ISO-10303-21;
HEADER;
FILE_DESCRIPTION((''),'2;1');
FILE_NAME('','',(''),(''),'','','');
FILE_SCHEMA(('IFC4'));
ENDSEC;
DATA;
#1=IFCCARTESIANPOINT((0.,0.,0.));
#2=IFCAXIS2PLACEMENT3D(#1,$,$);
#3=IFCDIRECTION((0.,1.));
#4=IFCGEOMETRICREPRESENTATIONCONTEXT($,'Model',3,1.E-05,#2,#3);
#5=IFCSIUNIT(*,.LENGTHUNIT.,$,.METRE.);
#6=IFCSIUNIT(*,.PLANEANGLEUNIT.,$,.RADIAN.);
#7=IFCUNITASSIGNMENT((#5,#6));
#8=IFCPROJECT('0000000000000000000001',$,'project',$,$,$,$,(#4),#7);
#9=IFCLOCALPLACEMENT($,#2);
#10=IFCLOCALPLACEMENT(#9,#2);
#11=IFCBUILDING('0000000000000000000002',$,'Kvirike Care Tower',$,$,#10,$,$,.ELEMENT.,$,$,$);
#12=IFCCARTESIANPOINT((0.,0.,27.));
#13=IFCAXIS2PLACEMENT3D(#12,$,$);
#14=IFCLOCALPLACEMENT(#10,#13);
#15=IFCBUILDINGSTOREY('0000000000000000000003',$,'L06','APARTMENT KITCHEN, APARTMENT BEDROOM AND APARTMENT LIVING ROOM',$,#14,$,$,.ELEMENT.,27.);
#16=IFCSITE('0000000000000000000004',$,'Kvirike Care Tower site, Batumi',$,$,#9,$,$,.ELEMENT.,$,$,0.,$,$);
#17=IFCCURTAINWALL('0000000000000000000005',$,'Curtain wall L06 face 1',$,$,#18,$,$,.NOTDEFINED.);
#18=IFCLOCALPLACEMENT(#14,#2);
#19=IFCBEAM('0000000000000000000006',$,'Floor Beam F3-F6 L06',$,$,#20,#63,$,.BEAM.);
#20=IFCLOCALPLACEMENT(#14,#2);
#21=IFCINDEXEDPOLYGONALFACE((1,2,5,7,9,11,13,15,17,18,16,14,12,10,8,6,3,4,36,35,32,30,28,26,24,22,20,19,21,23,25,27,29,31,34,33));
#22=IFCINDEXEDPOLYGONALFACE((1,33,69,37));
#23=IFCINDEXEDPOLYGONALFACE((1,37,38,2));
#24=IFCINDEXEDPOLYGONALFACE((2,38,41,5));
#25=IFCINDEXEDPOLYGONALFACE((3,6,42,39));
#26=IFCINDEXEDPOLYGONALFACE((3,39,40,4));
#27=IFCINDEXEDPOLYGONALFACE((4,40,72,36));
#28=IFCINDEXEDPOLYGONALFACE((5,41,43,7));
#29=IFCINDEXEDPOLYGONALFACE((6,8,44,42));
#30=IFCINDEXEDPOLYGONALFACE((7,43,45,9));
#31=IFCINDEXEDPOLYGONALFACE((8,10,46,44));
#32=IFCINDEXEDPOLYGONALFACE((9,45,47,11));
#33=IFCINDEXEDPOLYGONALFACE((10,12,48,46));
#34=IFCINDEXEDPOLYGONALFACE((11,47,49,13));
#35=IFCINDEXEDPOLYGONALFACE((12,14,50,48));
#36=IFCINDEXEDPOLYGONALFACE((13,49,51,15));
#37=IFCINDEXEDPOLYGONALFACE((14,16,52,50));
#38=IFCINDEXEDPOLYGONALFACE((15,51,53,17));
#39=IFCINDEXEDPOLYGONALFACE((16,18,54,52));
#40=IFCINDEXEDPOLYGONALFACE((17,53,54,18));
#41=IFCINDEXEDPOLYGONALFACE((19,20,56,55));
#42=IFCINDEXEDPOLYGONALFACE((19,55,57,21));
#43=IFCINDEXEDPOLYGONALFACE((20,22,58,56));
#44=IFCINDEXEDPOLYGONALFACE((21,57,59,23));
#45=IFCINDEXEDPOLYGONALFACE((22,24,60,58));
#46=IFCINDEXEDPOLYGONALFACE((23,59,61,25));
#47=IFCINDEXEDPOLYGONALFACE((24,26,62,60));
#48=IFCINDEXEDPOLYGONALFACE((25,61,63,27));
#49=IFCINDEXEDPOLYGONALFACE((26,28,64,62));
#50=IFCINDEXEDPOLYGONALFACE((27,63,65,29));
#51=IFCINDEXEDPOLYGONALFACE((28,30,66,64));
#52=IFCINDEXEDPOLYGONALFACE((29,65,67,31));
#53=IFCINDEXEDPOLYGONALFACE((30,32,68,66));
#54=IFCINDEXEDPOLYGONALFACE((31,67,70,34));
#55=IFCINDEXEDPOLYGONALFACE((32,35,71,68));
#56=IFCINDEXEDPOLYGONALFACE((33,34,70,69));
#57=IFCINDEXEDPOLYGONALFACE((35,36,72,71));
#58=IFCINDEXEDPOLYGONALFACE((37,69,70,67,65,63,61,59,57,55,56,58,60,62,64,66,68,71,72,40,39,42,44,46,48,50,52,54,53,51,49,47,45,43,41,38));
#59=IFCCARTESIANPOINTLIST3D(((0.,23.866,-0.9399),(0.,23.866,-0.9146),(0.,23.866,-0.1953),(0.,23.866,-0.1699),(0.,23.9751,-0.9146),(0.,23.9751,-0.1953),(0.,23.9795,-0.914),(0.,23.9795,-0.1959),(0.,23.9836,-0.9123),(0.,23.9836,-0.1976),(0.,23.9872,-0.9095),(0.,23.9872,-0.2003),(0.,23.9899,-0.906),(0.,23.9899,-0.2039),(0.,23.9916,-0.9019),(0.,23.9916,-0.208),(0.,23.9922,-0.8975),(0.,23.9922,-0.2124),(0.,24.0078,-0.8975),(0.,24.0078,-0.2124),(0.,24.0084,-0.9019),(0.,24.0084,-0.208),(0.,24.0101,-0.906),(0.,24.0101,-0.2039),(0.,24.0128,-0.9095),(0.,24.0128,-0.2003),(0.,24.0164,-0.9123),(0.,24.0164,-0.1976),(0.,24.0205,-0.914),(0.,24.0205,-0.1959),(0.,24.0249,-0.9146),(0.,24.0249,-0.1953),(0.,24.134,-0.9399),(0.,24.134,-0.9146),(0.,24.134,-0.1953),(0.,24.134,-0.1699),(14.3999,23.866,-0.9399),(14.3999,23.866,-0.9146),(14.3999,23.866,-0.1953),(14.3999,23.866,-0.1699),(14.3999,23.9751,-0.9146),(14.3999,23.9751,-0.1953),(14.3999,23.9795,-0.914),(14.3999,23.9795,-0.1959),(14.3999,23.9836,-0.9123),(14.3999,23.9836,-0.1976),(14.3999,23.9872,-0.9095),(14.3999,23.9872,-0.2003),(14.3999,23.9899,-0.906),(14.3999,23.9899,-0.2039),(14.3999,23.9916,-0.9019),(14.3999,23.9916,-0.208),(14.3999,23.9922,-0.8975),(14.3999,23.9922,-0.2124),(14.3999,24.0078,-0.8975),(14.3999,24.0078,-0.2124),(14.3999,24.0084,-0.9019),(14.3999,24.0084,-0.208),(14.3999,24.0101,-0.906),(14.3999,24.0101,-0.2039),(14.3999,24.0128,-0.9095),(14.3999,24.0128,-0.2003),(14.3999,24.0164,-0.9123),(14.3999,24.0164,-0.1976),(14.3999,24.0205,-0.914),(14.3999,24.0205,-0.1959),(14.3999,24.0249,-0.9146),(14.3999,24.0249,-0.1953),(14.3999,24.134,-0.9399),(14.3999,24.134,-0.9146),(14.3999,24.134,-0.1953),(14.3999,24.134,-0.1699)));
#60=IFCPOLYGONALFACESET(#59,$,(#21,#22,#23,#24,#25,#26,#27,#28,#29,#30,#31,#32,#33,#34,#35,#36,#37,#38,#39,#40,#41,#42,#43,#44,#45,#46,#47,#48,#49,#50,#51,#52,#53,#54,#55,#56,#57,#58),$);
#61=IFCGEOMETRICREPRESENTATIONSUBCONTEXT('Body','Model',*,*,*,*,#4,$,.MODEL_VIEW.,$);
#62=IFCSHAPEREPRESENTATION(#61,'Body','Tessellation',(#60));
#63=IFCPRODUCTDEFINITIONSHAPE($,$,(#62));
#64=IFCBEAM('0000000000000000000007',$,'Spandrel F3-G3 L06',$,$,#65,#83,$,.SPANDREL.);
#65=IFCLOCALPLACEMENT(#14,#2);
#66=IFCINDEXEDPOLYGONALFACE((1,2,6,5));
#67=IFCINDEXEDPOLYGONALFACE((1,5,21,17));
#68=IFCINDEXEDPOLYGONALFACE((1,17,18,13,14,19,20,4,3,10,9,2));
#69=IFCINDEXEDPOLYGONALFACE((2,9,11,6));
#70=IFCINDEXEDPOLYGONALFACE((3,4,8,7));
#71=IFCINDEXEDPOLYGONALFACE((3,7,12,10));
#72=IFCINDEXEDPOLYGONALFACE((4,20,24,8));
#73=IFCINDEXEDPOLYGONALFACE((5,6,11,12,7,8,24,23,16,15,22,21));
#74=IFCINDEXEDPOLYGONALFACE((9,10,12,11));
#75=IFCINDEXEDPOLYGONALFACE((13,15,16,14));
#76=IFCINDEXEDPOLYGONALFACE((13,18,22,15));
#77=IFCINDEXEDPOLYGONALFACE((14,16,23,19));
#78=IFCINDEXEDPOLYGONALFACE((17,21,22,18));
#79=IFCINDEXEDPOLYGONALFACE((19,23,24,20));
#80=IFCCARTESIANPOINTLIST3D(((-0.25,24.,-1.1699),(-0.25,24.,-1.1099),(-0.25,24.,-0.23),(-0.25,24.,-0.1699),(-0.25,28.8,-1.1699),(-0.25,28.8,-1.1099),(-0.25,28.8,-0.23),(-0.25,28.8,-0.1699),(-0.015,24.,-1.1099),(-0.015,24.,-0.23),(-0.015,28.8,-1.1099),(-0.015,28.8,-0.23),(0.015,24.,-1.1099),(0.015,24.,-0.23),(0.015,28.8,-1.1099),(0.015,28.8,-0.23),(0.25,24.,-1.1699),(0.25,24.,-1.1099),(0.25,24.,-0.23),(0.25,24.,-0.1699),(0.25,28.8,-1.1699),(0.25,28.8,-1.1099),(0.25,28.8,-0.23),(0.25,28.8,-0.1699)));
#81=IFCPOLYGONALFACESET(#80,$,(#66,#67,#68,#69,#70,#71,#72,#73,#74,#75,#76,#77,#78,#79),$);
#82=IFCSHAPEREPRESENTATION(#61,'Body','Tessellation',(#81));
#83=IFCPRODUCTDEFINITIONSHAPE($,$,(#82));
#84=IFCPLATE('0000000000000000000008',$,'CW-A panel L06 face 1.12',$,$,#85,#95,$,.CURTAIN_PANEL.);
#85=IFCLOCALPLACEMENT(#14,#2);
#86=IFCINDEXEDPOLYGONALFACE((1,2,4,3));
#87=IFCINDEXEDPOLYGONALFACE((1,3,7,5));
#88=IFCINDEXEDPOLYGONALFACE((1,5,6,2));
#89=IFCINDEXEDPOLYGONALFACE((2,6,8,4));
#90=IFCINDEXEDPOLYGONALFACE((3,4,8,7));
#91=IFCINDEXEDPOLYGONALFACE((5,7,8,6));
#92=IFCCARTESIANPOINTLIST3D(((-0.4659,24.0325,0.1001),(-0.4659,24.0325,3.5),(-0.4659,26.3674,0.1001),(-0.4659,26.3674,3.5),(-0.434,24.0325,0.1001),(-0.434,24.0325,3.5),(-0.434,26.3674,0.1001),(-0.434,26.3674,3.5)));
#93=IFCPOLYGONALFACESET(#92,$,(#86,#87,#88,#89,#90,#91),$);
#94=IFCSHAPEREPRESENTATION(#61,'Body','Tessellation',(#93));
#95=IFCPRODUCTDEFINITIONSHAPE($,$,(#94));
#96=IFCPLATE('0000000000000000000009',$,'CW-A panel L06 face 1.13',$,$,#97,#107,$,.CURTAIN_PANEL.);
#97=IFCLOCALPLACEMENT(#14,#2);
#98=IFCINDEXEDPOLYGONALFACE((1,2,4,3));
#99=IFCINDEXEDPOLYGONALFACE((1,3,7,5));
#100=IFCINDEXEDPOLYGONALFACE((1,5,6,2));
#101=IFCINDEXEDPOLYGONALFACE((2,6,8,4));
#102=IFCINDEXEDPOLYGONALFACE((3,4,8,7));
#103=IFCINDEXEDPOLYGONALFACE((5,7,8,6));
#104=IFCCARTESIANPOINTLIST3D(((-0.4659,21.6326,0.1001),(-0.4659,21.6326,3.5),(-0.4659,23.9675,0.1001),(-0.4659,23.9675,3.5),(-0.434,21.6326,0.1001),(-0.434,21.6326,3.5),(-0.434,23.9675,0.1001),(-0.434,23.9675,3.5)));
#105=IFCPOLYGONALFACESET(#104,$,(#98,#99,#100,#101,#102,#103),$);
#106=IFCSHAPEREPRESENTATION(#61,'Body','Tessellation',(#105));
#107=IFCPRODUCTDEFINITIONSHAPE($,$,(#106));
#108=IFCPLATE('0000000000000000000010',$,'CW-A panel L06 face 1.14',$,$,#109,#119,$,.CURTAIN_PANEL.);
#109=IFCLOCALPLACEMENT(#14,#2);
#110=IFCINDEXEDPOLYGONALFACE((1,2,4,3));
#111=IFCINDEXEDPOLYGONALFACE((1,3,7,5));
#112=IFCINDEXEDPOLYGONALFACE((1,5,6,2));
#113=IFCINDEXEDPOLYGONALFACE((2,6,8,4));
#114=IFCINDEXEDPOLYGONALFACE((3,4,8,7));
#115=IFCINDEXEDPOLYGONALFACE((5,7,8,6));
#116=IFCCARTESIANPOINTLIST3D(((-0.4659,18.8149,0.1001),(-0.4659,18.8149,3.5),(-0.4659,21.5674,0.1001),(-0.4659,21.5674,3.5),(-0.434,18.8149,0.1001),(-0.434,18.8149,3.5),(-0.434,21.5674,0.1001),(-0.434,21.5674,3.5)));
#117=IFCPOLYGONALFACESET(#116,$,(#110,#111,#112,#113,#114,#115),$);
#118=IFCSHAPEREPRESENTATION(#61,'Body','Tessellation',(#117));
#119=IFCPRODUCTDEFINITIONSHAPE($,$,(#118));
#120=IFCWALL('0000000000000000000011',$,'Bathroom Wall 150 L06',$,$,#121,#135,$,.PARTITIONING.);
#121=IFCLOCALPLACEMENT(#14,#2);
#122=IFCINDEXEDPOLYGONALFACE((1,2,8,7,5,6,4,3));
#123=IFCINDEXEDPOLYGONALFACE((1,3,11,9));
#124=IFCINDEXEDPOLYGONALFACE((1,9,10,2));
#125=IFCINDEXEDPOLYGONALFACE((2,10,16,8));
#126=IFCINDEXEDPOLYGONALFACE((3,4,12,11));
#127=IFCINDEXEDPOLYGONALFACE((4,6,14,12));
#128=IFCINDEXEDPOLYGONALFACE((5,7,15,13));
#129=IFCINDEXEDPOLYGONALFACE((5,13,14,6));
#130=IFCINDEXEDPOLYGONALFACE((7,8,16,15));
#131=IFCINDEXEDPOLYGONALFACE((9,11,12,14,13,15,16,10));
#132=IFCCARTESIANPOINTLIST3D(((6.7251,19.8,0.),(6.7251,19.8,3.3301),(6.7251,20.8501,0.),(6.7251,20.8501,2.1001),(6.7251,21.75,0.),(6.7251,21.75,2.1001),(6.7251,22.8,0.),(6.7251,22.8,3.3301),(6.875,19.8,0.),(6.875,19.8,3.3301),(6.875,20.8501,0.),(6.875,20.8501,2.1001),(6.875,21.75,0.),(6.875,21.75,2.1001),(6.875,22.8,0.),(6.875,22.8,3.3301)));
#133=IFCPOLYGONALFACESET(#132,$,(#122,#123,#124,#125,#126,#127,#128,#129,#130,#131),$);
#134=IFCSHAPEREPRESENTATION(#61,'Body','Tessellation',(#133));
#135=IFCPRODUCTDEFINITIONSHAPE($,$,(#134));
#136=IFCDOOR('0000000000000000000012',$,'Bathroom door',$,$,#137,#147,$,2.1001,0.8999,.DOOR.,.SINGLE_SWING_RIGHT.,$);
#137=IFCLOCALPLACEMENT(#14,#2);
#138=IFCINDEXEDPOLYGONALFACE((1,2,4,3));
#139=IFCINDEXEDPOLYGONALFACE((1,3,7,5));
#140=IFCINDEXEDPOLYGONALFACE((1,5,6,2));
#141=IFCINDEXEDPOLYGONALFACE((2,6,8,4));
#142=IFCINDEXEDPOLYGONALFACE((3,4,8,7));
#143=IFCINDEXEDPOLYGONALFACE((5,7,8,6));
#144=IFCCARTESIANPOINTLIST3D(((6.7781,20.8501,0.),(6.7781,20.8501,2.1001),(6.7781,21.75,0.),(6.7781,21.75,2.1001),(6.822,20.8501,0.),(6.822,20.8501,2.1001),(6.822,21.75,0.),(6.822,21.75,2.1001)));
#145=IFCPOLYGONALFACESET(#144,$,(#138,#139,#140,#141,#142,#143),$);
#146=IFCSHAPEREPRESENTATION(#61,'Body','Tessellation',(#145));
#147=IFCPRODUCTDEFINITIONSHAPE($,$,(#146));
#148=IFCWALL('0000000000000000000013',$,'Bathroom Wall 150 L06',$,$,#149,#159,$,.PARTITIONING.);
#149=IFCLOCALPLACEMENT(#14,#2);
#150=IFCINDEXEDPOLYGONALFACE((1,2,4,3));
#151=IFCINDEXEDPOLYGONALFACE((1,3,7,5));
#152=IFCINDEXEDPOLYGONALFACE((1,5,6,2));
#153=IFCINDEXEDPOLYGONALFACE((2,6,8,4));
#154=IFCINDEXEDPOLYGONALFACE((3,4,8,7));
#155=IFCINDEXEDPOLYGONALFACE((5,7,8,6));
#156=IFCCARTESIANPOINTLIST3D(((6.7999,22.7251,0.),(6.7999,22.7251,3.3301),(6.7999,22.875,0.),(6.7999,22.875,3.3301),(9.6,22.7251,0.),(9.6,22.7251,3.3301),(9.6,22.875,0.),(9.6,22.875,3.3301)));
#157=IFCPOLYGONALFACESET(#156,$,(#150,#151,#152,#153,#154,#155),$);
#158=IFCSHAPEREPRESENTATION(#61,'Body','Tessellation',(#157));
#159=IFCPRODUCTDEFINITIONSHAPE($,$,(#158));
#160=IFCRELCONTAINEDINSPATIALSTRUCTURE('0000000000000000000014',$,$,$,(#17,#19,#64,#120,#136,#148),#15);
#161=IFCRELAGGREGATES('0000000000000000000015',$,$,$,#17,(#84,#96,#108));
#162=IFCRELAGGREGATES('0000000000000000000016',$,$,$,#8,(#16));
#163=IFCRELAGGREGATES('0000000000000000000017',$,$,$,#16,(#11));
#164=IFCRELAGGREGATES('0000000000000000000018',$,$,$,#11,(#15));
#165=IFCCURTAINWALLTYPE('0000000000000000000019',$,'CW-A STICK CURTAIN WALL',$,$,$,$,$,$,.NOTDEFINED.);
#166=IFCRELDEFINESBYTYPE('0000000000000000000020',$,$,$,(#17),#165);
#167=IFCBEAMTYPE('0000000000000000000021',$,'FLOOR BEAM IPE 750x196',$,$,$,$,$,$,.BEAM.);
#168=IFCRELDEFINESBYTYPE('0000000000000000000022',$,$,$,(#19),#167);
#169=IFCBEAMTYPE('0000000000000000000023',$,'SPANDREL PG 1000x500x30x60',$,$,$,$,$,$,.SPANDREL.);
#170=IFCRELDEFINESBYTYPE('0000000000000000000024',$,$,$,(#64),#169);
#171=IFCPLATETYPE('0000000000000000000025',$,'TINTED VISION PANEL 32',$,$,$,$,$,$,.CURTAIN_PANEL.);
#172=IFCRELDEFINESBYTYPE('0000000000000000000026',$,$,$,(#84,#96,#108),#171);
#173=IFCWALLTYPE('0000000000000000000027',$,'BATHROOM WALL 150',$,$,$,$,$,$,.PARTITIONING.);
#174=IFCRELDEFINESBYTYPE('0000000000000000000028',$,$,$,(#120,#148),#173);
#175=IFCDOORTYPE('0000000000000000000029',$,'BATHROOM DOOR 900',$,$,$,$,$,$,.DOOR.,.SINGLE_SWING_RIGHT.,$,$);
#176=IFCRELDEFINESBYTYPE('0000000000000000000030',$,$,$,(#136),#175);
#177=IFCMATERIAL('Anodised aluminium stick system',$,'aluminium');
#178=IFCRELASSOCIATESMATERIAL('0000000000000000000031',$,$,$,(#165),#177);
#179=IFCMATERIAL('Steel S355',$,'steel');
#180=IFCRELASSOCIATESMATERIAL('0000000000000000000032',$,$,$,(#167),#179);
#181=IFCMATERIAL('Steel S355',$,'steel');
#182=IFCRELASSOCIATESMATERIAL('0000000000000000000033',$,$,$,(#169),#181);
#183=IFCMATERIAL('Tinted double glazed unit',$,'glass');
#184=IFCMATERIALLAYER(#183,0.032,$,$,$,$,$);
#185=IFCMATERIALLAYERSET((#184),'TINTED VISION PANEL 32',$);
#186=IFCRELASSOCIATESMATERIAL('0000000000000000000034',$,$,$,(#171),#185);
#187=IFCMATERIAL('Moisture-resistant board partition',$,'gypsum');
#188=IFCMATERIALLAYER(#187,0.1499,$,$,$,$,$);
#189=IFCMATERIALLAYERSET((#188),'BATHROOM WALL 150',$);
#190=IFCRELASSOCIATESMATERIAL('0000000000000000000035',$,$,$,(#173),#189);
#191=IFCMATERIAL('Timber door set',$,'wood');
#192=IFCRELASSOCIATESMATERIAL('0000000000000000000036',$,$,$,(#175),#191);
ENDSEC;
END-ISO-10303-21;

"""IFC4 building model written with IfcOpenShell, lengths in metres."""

from ifc_helpers import new_model, si_unit, direction, frame, frame_2d, origin, origin_2d, place, context, subcontext, project, spatial, rectangle, i_section, extrude, material, layer, layer_set, material_profile, profile_set, type_object, element, fill, aggregate, save


model = new_model("IFC4")

# Units and contexts
model_context = context("Model", 3, precision=1e-05, world=origin(), true_north=direction((0.0, 1.0)))
body_context = subcontext(model_context, "Body", "Model", "MODEL_VIEW")
ifc_project = project(units=[si_unit("LENGTHUNIT", "METRE"), si_unit("PLANEANGLEUNIT", "RADIAN")], contexts=[model_context])

# Site, building, storey
site_placement = place(None, origin())
site = spatial("IfcSite", under=ifc_project, at=site_placement, Name="Kvirike Care Tower site, Batumi", CompositionType="ELEMENT", RefElevation=0.0)
building_placement = place(site_placement, origin())
building = spatial("IfcBuilding", under=site, at=building_placement, Name="Kvirike Care Tower", CompositionType="ELEMENT")
storey_placement = place(building_placement, frame((0.0, 0.0, 27.0)))
storey = spatial("IfcBuildingStorey", under=building, at=storey_placement, Name="L06", Description="APARTMENT KITCHEN, APARTMENT BEDROOM AND APARTMENT LIVING ROOM", CompositionType="ELEMENT", Elevation=27.0)

# Curtain wall
ifc_material_1 = material(Name="Anodised aluminium stick system", Category="aluminium")
curtain_wall_type = type_object("IfcCurtainWallType", Name="CW-A STICK CURTAIN WALL", PredefinedType="NOTDEFINED", material=ifc_material_1)
curtain_wall_placement = place(storey_placement, origin())
curtain_wall = element("IfcCurtainWall", 1, at=curtain_wall_placement, inside=storey, type_object=curtain_wall_type, Name="Curtain wall L06 face 1", PredefinedType="NOTDEFINED")

# Beams
ifc_material_2 = material(Name="Steel S355", Category="steel")
ifc_material_profile_1 = material_profile(ifc_material_2, i_section(OverallWidth=0.2681, OverallDepth=0.77, WebThickness=0.0156, FlangeThickness=0.0254, FilletRadius=0.0171, at=origin_2d()), Name="IPE 750x196")
ifc_profile_set_1 = profile_set([ifc_material_profile_1], Name="Steel S355")
beam_type_1 = type_object("IfcBeamType", Name="FLOOR BEAM IPE 750x196", PredefinedType="BEAM", material=ifc_profile_set_1)
beam_1_placement = place(storey_placement, frame((0.0, 24.0, -0.5549), z_axis=(1.0, 0.0, 0.0), x_axis=(0.0, 1.0, 0.0)))
element("IfcBeam", 2, at=beam_1_placement, inside=storey, type_object=beam_type_1, Name="Floor Beam F3-F6 L06", PredefinedType="BEAM", context=body_context, shape_type="SweptSolid", body=[
    extrude(i_section(OverallWidth=0.2681, OverallDepth=0.77, WebThickness=0.0156, FlangeThickness=0.0254, FilletRadius=0.0171, at=origin_2d()), origin(), (0.0, 0.0, 1.0), 14.3999),
])
ifc_material_3 = material(Name="Steel S355", Category="steel")
ifc_material_profile_2 = material_profile(ifc_material_3, i_section(OverallWidth=0.5, OverallDepth=1.0, WebThickness=0.03, FlangeThickness=0.0601, at=origin_2d()), Name="PG 1000x500x30x60")
ifc_profile_set_2 = profile_set([ifc_material_profile_2], Name="Steel S355")
beam_type_2 = type_object("IfcBeamType", Name="SPANDREL PG 1000x500x30x60", PredefinedType="SPANDREL", material=ifc_profile_set_2)
beam_2_placement = place(storey_placement, frame((0.0, 24.0, -0.6699), z_axis=(0.0, 1.0, 0.0), x_axis=(-1.0, 0.0, 0.0)))
element("IfcBeam", 3, at=beam_2_placement, inside=storey, type_object=beam_type_2, Name="Spandrel F3-G3 L06", PredefinedType="SPANDREL", context=body_context, shape_type="SweptSolid", body=[
    extrude(i_section(OverallWidth=0.5, OverallDepth=1.0, WebThickness=0.03, FlangeThickness=0.0601, at=origin_2d()), origin(), (0.0, 0.0, 1.0), 4.8),
])

# Plates
ifc_material_4 = material(Name="Tinted double glazed unit", Category="glass")
ifc_layer_1 = layer(ifc_material_4, 0.032)
ifc_layer_set_1 = layer_set([ifc_layer_1], Name="TINTED VISION PANEL 32")
plate_type = type_object("IfcPlateType", Name="TINTED VISION PANEL 32", PredefinedType="CURTAIN_PANEL", material=ifc_layer_set_1)
plate_1_placement = place(storey_placement, frame((-0.45, 25.2, 0.1001), z_axis=(0.0, 0.0, 1.0), x_axis=(0.0, -1.0, 0.0)))
plate_1 = element("IfcPlate", 4, at=plate_1_placement, type_object=plate_type, Name="CW-A panel L06 face 1.12", PredefinedType="CURTAIN_PANEL", context=body_context, shape_type="SweptSolid", body=[
    extrude(rectangle(XDim=2.335, YDim=0.032, at=origin_2d()), origin(), (0.0, 0.0, 1.0), 3.3999),
])
plate_2_placement = place(storey_placement, frame((-0.45, 22.8, 0.1001), z_axis=(0.0, 0.0, 1.0), x_axis=(0.0, -1.0, 0.0)))
plate_2 = element("IfcPlate", 5, at=plate_2_placement, type_object=plate_type, Name="CW-A panel L06 face 1.13", PredefinedType="CURTAIN_PANEL", context=body_context, shape_type="SweptSolid", body=[
    extrude(rectangle(XDim=2.335, YDim=0.032, at=origin_2d()), origin(), (0.0, 0.0, 1.0), 3.3999),
])
plate_3_placement = place(storey_placement, frame((-0.45, 20.1912, 0.1001), z_axis=(0.0, 0.0, 1.0), x_axis=(0.0, -1.0, 0.0)))
plate_3 = element("IfcPlate", 6, at=plate_3_placement, type_object=plate_type, Name="CW-A panel L06 face 1.14", PredefinedType="CURTAIN_PANEL", context=body_context, shape_type="SweptSolid", body=[
    extrude(rectangle(XDim=2.7524, YDim=0.032, at=origin_2d()), origin(), (0.0, 0.0, 1.0), 3.3999),
])
aggregate(curtain_wall, [plate_1, plate_2, plate_3])

# Wall, opening, door
ifc_material_5 = material(Name="Moisture-resistant board partition", Category="gypsum")
ifc_layer_2 = layer(ifc_material_5, 0.1499)
ifc_layer_set_2 = layer_set([ifc_layer_2], Name="BATHROOM WALL 150")
wall_type_1 = type_object("IfcWallType", Name="BATHROOM WALL 150", PredefinedType="PARTITIONING", material=ifc_layer_set_2)
wall_1_placement = place(storey_placement, frame((6.8, 19.8, 0.0), z_axis=(0.0, 0.0, 1.0), x_axis=(0.0, 1.0, 0.0)))
wall_1 = element("IfcWall", 7, at=wall_1_placement, inside=storey, type_object=wall_type_1, Name="Bathroom Wall 150 L06", PredefinedType="PARTITIONING", context=body_context, shape_type="SweptSolid", body=[
    extrude(rectangle(XDim=3.0, YDim=0.1499, at=frame_2d((1.5, 0.0))), origin(), (0.0, 0.0, 1.0), 3.3301),
])
opening_1_placement = place(wall_1_placement, frame((1.05, 0.0, 0.0)))
opening_1 = element("IfcOpeningElement", 8, at=opening_1_placement, cuts=wall_1, PredefinedType="OPENING", context=body_context, shape_type="SweptSolid", body=[
    extrude(rectangle(XDim=0.8999, YDim=2.1001, at=frame_2d((0.45, 1.05))), frame((0.0, 0.0854, 0.0), z_axis=(0.0, -1.0, 0.0), x_axis=(1.0, 0.0, 0.0)), (0.0, 0.0, 1.0), 0.1709),
])
ifc_material_6 = material(Name="Timber door set", Category="wood")
door_type_1 = type_object("IfcDoorType", Name="BATHROOM DOOR 900", OperationType="SINGLE_SWING_RIGHT", PredefinedType="DOOR", material=ifc_material_6)
door_1_placement = place(opening_1_placement, frame((0.8999, 0.0, 0.0), z_axis=(0.0, 0.0, 1.0), x_axis=(-1.0, 0.0, 0.0)))
door_1 = element("IfcDoor", 9, at=door_1_placement, inside=storey, type_object=door_type_1, Name="Bathroom door", OperationType="SINGLE_SWING_RIGHT", OverallHeight=2.1001, OverallWidth=0.8999, PredefinedType="DOOR", context=body_context, shape_type="SweptSolid", body=[
    extrude(rectangle(XDim=0.8999, YDim=2.1001, at=frame_2d((0.45, 1.05))), frame((0.0, 0.022, 0.0), z_axis=(0.0, -1.0, 0.0), x_axis=(1.0, 0.0, 0.0)), (0.0, 0.0, 1.0), 0.0439),
])
fill(opening_1, door_1)

# Wall
wall_2_placement = place(storey_placement, frame((6.8, 22.8, 0.0), z_axis=(0.0, 0.0, 1.0), x_axis=(1.0, 0.0, 0.0)))
element("IfcWall", 10, at=wall_2_placement, inside=storey, type_object=wall_type_1, Name="Bathroom Wall 150 L06", PredefinedType="PARTITIONING", context=body_context, shape_type="SweptSolid", body=[
    extrude(rectangle(XDim=2.8, YDim=0.1499, at=frame_2d((1.3999, 0.0))), origin(), (0.0, 0.0, 1.0), 3.3301),
])

save(model, "model.ifc")
